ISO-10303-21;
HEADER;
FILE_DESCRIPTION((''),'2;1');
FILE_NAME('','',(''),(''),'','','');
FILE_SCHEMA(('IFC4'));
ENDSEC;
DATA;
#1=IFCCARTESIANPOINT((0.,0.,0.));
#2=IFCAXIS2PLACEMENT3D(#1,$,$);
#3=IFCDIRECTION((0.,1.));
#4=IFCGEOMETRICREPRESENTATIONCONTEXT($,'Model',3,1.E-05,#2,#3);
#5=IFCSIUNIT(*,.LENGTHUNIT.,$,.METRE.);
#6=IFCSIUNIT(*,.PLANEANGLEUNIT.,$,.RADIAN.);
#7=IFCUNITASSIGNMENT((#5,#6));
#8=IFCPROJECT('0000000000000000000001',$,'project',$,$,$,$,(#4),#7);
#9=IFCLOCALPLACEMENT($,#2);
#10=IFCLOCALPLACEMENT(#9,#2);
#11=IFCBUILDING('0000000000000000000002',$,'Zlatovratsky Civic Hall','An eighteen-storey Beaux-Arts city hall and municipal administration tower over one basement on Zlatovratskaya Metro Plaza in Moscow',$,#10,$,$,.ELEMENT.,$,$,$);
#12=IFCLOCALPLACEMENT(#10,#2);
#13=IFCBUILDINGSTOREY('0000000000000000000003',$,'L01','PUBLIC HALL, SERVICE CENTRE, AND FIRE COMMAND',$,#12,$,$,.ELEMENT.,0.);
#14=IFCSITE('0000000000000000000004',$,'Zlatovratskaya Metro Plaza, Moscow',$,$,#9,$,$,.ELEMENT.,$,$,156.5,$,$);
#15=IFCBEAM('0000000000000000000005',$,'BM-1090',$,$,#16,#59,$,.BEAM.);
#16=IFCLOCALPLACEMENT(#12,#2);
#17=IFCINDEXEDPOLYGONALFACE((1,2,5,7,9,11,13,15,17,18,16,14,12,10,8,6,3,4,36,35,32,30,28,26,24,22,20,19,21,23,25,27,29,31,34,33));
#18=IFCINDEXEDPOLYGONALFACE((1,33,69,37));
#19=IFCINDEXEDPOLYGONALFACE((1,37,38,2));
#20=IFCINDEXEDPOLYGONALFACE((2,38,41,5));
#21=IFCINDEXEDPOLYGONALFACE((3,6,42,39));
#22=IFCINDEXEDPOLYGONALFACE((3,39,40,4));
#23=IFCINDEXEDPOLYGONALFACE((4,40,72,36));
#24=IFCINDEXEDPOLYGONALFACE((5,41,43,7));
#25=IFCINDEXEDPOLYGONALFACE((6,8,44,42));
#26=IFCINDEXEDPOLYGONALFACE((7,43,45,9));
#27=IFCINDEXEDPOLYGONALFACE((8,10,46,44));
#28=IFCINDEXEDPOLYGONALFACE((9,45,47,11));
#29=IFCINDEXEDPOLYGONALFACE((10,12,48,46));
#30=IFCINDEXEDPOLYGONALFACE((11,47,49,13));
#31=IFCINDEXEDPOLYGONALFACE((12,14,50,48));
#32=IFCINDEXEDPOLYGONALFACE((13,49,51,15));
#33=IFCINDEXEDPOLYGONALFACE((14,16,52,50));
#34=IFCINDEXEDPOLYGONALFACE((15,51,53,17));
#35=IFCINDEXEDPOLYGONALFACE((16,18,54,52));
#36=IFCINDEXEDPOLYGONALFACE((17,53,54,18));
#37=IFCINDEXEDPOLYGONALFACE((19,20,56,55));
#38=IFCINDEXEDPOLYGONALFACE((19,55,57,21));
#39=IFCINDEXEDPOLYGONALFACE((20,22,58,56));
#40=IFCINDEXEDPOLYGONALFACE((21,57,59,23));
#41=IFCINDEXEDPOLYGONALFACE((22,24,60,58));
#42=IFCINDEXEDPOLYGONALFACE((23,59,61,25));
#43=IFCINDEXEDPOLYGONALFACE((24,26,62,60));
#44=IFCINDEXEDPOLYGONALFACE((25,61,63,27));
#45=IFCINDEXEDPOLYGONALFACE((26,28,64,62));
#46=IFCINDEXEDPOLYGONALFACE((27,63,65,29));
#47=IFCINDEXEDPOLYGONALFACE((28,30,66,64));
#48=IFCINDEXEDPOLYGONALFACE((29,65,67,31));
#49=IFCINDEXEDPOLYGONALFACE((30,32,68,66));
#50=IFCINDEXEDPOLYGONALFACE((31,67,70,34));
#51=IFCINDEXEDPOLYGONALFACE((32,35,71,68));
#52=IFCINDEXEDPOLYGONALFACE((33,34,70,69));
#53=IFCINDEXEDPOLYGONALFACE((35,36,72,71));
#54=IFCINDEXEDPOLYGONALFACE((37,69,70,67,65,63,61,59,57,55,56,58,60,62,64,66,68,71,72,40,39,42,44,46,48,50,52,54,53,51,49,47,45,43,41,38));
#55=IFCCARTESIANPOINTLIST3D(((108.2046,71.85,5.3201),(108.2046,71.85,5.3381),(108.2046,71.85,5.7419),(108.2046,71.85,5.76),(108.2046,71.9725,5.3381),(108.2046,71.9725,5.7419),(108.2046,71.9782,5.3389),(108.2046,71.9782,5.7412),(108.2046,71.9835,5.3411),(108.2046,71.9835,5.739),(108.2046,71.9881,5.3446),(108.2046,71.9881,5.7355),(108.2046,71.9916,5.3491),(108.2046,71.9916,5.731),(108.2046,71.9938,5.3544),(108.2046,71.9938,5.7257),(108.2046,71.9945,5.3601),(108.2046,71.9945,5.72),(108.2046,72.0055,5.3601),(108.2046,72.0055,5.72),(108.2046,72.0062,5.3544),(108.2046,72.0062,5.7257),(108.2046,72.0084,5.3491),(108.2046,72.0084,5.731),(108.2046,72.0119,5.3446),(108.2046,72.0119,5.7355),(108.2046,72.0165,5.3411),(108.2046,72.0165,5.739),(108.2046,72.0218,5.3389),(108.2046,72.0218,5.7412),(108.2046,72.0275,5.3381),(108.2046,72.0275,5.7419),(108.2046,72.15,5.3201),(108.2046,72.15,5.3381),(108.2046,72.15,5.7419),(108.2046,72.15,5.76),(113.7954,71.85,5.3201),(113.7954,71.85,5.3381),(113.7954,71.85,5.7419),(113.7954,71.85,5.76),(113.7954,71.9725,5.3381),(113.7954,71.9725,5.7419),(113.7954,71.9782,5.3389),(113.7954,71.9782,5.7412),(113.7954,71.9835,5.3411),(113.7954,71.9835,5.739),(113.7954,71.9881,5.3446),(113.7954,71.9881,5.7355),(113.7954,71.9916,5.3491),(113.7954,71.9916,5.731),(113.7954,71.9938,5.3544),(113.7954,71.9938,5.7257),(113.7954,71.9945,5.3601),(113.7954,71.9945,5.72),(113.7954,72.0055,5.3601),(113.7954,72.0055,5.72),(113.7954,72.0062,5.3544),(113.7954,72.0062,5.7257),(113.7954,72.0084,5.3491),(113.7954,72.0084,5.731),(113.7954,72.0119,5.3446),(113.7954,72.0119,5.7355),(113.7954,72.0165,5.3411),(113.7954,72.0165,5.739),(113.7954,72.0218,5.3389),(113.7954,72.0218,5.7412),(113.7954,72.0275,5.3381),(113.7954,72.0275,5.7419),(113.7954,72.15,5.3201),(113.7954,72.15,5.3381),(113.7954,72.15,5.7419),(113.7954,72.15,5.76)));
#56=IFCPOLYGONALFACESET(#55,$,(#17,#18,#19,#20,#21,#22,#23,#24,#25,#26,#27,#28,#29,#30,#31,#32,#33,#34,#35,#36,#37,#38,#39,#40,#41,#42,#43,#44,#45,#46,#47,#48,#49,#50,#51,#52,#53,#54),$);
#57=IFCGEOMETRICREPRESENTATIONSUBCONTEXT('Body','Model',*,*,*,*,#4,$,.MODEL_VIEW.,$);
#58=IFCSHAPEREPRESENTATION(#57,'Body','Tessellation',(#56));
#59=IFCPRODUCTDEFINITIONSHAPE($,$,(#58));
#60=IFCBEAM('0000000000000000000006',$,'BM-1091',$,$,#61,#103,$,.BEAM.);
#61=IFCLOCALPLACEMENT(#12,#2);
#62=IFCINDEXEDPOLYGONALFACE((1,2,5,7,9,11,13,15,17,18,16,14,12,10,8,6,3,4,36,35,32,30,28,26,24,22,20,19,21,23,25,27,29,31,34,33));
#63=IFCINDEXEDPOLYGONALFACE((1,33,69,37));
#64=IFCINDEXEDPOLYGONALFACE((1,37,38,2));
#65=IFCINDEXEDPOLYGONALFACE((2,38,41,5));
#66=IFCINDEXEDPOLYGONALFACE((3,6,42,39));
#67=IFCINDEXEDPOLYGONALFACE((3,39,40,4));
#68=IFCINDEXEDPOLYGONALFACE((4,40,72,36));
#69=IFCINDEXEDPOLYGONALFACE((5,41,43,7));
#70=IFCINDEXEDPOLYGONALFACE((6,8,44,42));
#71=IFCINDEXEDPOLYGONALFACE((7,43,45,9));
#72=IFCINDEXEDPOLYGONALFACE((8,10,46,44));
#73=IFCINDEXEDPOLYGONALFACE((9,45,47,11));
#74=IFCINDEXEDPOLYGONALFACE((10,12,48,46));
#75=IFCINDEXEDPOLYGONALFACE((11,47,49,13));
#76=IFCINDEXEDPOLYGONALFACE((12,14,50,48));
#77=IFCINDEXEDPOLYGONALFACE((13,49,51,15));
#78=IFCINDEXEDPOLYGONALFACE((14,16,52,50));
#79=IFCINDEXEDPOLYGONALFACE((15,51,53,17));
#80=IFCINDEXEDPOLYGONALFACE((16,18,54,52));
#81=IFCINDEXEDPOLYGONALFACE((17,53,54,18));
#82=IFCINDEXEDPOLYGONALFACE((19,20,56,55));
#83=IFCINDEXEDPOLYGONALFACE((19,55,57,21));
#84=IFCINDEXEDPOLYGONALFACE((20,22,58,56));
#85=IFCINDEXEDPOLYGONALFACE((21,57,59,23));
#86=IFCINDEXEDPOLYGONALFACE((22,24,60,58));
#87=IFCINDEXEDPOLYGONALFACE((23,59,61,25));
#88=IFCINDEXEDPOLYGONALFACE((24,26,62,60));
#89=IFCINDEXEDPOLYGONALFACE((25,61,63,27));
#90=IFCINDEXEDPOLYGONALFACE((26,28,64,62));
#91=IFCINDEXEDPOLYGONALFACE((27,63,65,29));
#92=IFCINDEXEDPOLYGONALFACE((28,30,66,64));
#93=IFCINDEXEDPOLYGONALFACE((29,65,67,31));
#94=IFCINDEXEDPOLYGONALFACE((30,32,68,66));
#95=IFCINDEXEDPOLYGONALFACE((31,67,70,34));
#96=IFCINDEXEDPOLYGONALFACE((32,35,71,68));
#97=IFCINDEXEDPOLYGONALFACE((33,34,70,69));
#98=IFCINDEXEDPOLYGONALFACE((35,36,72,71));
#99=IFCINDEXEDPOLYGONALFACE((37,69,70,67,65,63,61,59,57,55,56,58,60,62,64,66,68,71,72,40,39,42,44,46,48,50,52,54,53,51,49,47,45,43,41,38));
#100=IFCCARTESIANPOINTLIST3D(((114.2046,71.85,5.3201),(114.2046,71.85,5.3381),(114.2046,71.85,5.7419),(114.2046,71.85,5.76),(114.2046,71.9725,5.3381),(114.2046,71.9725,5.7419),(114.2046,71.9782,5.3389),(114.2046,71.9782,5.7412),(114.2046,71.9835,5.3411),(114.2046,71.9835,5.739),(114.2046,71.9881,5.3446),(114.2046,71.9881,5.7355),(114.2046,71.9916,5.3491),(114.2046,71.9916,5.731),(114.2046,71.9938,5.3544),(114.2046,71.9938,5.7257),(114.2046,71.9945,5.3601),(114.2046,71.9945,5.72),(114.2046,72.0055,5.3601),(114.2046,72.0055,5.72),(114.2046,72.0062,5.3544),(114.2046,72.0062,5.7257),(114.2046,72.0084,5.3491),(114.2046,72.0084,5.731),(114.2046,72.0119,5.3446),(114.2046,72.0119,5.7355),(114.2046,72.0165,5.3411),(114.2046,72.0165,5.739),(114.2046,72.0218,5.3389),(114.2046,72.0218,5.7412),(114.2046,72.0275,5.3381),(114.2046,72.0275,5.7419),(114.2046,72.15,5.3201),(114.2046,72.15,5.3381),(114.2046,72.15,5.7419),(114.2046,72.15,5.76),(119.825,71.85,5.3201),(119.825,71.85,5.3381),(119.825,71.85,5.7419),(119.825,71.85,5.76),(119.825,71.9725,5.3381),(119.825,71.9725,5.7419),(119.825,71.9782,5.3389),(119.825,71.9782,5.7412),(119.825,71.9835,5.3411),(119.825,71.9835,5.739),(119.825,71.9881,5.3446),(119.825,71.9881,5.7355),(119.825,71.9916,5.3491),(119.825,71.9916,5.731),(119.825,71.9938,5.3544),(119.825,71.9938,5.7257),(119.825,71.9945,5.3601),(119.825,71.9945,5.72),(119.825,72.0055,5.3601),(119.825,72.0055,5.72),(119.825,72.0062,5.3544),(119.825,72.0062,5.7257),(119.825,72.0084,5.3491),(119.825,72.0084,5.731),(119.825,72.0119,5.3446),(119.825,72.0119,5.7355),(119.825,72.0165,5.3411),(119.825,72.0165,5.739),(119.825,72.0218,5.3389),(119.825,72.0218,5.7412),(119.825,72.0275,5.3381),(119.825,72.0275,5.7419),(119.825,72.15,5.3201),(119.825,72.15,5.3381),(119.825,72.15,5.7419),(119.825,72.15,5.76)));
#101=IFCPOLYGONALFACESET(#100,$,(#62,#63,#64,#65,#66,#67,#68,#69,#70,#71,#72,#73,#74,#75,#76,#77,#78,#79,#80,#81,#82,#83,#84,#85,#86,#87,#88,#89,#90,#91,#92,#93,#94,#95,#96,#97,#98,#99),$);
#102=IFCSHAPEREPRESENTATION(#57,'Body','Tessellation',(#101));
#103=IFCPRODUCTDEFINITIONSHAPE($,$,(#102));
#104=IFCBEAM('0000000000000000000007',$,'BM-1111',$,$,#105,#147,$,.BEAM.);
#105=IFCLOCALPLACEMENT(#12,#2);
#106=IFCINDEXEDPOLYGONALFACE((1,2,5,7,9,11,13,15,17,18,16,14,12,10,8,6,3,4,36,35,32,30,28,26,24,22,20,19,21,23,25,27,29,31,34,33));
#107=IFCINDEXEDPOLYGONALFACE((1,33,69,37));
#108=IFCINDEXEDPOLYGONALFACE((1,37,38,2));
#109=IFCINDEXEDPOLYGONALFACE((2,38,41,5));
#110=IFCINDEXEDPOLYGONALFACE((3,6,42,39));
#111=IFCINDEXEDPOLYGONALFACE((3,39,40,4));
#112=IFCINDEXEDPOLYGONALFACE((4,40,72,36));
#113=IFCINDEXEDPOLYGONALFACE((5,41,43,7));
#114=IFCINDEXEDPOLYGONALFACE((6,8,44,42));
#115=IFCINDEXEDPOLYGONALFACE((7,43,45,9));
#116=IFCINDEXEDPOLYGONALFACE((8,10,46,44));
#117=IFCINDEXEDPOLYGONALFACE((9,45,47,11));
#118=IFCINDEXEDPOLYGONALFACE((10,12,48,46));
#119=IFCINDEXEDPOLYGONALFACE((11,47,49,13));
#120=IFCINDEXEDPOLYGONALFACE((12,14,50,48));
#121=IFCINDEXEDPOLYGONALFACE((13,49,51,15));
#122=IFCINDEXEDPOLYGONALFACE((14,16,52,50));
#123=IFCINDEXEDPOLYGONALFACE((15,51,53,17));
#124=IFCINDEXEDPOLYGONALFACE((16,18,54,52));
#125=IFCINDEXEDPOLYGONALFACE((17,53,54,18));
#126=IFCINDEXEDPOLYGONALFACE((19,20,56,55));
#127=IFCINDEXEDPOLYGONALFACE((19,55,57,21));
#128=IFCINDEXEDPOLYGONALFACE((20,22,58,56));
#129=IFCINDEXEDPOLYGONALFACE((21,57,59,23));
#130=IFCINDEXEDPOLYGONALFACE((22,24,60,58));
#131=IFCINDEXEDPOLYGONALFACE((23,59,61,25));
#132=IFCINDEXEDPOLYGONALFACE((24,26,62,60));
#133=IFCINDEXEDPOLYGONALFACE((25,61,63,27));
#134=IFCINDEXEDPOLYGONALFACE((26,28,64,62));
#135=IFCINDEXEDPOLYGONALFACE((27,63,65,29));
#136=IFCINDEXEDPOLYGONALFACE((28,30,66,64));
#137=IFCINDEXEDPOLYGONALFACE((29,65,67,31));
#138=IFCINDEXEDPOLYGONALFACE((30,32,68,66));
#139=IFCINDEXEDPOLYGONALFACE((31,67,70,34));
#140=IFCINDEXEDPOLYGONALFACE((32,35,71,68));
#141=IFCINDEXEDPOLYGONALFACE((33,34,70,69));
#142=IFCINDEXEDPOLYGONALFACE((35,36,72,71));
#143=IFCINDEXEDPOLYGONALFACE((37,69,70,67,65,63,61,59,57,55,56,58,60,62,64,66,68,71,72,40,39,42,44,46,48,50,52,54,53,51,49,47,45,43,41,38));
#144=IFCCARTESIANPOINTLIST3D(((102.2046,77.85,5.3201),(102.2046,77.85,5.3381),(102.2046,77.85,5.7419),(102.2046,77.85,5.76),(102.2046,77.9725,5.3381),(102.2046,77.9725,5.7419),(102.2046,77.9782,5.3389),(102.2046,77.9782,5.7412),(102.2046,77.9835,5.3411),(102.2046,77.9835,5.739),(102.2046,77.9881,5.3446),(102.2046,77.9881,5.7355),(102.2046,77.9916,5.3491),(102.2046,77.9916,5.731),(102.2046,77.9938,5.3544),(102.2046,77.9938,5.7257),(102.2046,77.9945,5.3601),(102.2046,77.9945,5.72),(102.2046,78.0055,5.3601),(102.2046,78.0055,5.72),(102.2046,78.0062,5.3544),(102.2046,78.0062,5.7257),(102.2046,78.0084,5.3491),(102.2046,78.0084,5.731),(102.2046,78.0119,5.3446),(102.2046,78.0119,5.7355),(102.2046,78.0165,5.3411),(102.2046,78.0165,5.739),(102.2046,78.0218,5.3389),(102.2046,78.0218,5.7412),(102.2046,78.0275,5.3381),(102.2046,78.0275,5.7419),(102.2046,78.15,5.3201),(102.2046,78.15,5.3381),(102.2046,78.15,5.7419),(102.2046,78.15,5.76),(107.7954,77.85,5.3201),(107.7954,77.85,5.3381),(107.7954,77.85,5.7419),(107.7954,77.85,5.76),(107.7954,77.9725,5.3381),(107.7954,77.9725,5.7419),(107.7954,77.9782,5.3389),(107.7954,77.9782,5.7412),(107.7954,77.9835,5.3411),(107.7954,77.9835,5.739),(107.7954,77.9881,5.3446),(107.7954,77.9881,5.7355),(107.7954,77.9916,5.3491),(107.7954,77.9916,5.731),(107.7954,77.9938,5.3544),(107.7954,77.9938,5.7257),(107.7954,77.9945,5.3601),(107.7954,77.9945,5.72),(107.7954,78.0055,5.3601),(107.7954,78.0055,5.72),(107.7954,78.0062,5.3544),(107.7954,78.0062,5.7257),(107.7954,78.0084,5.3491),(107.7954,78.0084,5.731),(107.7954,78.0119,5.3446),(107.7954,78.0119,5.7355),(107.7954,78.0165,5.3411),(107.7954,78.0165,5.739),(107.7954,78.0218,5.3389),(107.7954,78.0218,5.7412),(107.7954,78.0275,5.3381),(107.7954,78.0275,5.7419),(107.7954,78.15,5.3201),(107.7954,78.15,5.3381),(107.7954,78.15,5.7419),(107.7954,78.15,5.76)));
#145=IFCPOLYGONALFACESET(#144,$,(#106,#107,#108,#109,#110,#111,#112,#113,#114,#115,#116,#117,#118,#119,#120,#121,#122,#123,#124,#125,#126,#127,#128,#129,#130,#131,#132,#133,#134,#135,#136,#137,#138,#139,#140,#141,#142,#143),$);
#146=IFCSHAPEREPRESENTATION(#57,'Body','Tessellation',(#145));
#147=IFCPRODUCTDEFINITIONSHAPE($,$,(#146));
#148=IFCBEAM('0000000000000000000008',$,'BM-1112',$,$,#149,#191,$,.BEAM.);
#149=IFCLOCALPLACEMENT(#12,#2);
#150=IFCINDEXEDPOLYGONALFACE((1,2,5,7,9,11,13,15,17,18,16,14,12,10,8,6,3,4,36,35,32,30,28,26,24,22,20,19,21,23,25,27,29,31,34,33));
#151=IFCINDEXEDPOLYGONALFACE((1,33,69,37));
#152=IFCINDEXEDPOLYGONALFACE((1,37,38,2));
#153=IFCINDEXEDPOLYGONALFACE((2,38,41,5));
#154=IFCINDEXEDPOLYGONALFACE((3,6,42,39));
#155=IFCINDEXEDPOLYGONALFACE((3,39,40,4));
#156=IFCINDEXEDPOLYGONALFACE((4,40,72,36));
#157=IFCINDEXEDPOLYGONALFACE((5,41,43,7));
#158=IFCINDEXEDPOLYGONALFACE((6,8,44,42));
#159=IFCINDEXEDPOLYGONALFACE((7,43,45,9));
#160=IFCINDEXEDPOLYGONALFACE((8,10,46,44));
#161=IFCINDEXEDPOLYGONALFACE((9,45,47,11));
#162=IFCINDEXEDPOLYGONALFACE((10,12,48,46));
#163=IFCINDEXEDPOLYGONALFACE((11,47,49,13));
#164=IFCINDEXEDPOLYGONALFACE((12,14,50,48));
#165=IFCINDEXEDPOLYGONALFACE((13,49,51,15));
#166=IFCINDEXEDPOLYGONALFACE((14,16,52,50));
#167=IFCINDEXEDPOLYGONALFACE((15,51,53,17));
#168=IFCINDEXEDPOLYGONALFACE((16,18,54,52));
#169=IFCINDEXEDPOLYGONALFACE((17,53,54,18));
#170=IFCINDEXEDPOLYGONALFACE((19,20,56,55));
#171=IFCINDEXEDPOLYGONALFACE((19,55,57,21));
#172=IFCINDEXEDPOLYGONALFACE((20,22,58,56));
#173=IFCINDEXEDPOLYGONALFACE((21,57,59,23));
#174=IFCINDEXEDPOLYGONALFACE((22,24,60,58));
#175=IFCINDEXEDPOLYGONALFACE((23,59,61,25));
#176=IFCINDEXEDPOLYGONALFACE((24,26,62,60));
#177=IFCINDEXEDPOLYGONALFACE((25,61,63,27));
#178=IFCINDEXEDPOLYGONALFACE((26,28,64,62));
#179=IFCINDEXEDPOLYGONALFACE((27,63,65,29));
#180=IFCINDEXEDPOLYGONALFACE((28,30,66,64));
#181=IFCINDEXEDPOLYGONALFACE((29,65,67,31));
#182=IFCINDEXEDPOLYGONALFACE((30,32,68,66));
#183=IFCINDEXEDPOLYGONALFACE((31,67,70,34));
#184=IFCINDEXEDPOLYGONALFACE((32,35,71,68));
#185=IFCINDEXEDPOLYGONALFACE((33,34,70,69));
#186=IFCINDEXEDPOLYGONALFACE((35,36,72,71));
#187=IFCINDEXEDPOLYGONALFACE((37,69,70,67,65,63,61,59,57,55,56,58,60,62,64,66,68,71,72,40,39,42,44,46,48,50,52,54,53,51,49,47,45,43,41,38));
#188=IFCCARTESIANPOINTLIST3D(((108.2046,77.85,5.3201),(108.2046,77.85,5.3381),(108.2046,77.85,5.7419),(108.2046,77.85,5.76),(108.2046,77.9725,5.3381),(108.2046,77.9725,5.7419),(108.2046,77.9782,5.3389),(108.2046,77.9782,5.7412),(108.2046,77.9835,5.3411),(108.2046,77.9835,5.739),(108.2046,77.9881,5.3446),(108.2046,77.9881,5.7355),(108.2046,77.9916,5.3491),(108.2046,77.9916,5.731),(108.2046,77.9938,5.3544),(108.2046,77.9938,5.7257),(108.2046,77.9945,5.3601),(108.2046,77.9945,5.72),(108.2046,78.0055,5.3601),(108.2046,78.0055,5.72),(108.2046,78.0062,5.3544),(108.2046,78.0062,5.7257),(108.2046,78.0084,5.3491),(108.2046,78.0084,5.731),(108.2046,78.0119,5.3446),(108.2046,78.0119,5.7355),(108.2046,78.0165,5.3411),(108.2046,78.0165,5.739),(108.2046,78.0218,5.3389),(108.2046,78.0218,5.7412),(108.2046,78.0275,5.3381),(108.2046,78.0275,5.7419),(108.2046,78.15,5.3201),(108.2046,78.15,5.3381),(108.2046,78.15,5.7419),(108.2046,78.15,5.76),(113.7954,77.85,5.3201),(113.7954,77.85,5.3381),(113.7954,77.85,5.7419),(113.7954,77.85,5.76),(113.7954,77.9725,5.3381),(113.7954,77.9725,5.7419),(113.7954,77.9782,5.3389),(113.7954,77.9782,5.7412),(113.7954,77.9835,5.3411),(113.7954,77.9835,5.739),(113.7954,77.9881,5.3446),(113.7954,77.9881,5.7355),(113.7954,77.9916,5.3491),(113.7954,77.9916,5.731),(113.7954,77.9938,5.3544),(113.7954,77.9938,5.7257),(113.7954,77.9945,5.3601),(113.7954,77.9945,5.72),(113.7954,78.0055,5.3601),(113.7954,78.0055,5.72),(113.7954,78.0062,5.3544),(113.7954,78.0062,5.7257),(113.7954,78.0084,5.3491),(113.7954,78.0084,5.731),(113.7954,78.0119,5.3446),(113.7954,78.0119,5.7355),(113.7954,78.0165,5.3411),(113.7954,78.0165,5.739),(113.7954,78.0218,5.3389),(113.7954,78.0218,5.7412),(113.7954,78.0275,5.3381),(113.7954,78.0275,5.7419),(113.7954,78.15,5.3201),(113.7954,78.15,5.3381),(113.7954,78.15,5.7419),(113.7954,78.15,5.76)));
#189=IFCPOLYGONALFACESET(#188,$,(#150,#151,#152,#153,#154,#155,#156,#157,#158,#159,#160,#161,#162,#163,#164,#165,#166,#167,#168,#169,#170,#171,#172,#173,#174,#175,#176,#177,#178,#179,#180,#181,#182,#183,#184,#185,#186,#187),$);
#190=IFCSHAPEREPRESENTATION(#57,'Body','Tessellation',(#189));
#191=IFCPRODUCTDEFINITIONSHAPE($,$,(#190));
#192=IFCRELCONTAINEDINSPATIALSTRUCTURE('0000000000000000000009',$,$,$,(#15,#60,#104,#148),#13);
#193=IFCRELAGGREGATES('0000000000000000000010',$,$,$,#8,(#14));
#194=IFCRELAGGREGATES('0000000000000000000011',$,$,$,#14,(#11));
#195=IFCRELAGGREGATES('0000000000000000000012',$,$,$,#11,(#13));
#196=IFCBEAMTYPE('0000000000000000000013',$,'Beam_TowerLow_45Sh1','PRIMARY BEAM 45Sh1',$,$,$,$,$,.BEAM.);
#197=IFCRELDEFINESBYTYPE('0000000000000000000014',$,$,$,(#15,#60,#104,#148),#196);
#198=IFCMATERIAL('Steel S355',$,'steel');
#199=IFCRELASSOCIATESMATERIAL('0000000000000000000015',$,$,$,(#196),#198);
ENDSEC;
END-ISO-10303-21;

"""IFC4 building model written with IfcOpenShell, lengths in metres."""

from ifc_helpers import new_model, si_unit, direction, frame, origin, origin_2d, place, context, subcontext, project, spatial, i_section, extrude, material, material_profile, profile_set, type_object, element, save


model = new_model("IFC4")

# Units and contexts
model_context = context("Model", 3, precision=1e-05, world=origin(), true_north=direction((0.0, 1.0)))
body_context = subcontext(model_context, "Body", "Model", "MODEL_VIEW")
ifc_project = project(units=[si_unit("LENGTHUNIT", "METRE"), si_unit("PLANEANGLEUNIT", "RADIAN")], contexts=[model_context])

# Site, building, storey
site_placement = place(None, origin())
site = spatial("IfcSite", under=ifc_project, at=site_placement, Name="Zlatovratskaya Metro Plaza, Moscow", CompositionType="ELEMENT", RefElevation=156.5)
building_placement = place(site_placement, origin())
building = spatial("IfcBuilding", under=site, at=building_placement, Name="Zlatovratsky Civic Hall", Description="An eighteen-storey Beaux-Arts city hall and municipal administration tower over one basement on Zlatovratskaya Metro Plaza in Moscow", CompositionType="ELEMENT")
storey_placement = place(building_placement, origin())
storey = spatial("IfcBuildingStorey", under=building, at=storey_placement, Name="L01", Description="PUBLIC HALL, SERVICE CENTRE, AND FIRE COMMAND", CompositionType="ELEMENT", Elevation=0.0)

# Shared definitions
ifc_material_1 = material(Name="Steel S355", Category="steel")

# Beams
ifc_material_profile_1 = material_profile(ifc_material_1, i_section(OverallWidth=0.3, OverallDepth=0.4399, WebThickness=0.011, FlangeThickness=0.0181, FilletRadius=0.022, at=origin_2d()), Name="45Sh1")
ifc_profile_set_1 = profile_set([ifc_material_profile_1], Name="Steel S355")
beam_type = type_object("IfcBeamType", Name="Beam_TowerLow_45Sh1", Description="PRIMARY BEAM 45Sh1", PredefinedType="BEAM", material=ifc_profile_set_1)
beam_1_placement = place(storey_placement, frame((108.2046, 72.0, 5.54), z_axis=(1.0, 0.0, 0.0), x_axis=(0.0, 1.0, 0.0)))
element("IfcBeam", 1, at=beam_1_placement, inside=storey, type_object=beam_type, Name="BM-1090", PredefinedType="BEAM", context=body_context, shape_type="SweptSolid", body=[
    extrude(i_section(OverallWidth=0.3, OverallDepth=0.4399, WebThickness=0.011, FlangeThickness=0.0181, FilletRadius=0.022, at=origin_2d()), origin(), (0.0, 0.0, 1.0), 5.5908),
])
beam_2_placement = place(storey_placement, frame((114.2046, 72.0, 5.54), z_axis=(1.0, 0.0, 0.0), x_axis=(0.0, 1.0, 0.0)))
element("IfcBeam", 2, at=beam_2_placement, inside=storey, type_object=beam_type, Name="BM-1091", PredefinedType="BEAM", context=body_context, shape_type="SweptSolid", body=[
    extrude(i_section(OverallWidth=0.3, OverallDepth=0.4399, WebThickness=0.011, FlangeThickness=0.0181, FilletRadius=0.022, at=origin_2d()), origin(), (0.0, 0.0, 1.0), 5.6204),
])
for number, where, z_axis, x_axis, name in (
    (3, (102.2046, 78.0, 5.54), (1.0, 0.0, 0.0), (0.0, 1.0, 0.0), "BM-1111"),
    (4, (108.2046, 78.0, 5.54), (1.0, 0.0, 0.0), (0.0, 1.0, 0.0), "BM-1112"),
):
    element("IfcBeam", number, at=place(storey_placement, frame(where, z_axis=z_axis, x_axis=x_axis)), inside=storey, type_object=beam_type, Name=name, PredefinedType="BEAM", context=body_context, shape_type="SweptSolid", body=[
        extrude(i_section(OverallWidth=0.3, OverallDepth=0.4399, WebThickness=0.011, FlangeThickness=0.0181, FilletRadius=0.022, at=origin_2d()), origin(), (0.0, 0.0, 1.0), 5.5908),
    ])

save(model, "model.ifc")
